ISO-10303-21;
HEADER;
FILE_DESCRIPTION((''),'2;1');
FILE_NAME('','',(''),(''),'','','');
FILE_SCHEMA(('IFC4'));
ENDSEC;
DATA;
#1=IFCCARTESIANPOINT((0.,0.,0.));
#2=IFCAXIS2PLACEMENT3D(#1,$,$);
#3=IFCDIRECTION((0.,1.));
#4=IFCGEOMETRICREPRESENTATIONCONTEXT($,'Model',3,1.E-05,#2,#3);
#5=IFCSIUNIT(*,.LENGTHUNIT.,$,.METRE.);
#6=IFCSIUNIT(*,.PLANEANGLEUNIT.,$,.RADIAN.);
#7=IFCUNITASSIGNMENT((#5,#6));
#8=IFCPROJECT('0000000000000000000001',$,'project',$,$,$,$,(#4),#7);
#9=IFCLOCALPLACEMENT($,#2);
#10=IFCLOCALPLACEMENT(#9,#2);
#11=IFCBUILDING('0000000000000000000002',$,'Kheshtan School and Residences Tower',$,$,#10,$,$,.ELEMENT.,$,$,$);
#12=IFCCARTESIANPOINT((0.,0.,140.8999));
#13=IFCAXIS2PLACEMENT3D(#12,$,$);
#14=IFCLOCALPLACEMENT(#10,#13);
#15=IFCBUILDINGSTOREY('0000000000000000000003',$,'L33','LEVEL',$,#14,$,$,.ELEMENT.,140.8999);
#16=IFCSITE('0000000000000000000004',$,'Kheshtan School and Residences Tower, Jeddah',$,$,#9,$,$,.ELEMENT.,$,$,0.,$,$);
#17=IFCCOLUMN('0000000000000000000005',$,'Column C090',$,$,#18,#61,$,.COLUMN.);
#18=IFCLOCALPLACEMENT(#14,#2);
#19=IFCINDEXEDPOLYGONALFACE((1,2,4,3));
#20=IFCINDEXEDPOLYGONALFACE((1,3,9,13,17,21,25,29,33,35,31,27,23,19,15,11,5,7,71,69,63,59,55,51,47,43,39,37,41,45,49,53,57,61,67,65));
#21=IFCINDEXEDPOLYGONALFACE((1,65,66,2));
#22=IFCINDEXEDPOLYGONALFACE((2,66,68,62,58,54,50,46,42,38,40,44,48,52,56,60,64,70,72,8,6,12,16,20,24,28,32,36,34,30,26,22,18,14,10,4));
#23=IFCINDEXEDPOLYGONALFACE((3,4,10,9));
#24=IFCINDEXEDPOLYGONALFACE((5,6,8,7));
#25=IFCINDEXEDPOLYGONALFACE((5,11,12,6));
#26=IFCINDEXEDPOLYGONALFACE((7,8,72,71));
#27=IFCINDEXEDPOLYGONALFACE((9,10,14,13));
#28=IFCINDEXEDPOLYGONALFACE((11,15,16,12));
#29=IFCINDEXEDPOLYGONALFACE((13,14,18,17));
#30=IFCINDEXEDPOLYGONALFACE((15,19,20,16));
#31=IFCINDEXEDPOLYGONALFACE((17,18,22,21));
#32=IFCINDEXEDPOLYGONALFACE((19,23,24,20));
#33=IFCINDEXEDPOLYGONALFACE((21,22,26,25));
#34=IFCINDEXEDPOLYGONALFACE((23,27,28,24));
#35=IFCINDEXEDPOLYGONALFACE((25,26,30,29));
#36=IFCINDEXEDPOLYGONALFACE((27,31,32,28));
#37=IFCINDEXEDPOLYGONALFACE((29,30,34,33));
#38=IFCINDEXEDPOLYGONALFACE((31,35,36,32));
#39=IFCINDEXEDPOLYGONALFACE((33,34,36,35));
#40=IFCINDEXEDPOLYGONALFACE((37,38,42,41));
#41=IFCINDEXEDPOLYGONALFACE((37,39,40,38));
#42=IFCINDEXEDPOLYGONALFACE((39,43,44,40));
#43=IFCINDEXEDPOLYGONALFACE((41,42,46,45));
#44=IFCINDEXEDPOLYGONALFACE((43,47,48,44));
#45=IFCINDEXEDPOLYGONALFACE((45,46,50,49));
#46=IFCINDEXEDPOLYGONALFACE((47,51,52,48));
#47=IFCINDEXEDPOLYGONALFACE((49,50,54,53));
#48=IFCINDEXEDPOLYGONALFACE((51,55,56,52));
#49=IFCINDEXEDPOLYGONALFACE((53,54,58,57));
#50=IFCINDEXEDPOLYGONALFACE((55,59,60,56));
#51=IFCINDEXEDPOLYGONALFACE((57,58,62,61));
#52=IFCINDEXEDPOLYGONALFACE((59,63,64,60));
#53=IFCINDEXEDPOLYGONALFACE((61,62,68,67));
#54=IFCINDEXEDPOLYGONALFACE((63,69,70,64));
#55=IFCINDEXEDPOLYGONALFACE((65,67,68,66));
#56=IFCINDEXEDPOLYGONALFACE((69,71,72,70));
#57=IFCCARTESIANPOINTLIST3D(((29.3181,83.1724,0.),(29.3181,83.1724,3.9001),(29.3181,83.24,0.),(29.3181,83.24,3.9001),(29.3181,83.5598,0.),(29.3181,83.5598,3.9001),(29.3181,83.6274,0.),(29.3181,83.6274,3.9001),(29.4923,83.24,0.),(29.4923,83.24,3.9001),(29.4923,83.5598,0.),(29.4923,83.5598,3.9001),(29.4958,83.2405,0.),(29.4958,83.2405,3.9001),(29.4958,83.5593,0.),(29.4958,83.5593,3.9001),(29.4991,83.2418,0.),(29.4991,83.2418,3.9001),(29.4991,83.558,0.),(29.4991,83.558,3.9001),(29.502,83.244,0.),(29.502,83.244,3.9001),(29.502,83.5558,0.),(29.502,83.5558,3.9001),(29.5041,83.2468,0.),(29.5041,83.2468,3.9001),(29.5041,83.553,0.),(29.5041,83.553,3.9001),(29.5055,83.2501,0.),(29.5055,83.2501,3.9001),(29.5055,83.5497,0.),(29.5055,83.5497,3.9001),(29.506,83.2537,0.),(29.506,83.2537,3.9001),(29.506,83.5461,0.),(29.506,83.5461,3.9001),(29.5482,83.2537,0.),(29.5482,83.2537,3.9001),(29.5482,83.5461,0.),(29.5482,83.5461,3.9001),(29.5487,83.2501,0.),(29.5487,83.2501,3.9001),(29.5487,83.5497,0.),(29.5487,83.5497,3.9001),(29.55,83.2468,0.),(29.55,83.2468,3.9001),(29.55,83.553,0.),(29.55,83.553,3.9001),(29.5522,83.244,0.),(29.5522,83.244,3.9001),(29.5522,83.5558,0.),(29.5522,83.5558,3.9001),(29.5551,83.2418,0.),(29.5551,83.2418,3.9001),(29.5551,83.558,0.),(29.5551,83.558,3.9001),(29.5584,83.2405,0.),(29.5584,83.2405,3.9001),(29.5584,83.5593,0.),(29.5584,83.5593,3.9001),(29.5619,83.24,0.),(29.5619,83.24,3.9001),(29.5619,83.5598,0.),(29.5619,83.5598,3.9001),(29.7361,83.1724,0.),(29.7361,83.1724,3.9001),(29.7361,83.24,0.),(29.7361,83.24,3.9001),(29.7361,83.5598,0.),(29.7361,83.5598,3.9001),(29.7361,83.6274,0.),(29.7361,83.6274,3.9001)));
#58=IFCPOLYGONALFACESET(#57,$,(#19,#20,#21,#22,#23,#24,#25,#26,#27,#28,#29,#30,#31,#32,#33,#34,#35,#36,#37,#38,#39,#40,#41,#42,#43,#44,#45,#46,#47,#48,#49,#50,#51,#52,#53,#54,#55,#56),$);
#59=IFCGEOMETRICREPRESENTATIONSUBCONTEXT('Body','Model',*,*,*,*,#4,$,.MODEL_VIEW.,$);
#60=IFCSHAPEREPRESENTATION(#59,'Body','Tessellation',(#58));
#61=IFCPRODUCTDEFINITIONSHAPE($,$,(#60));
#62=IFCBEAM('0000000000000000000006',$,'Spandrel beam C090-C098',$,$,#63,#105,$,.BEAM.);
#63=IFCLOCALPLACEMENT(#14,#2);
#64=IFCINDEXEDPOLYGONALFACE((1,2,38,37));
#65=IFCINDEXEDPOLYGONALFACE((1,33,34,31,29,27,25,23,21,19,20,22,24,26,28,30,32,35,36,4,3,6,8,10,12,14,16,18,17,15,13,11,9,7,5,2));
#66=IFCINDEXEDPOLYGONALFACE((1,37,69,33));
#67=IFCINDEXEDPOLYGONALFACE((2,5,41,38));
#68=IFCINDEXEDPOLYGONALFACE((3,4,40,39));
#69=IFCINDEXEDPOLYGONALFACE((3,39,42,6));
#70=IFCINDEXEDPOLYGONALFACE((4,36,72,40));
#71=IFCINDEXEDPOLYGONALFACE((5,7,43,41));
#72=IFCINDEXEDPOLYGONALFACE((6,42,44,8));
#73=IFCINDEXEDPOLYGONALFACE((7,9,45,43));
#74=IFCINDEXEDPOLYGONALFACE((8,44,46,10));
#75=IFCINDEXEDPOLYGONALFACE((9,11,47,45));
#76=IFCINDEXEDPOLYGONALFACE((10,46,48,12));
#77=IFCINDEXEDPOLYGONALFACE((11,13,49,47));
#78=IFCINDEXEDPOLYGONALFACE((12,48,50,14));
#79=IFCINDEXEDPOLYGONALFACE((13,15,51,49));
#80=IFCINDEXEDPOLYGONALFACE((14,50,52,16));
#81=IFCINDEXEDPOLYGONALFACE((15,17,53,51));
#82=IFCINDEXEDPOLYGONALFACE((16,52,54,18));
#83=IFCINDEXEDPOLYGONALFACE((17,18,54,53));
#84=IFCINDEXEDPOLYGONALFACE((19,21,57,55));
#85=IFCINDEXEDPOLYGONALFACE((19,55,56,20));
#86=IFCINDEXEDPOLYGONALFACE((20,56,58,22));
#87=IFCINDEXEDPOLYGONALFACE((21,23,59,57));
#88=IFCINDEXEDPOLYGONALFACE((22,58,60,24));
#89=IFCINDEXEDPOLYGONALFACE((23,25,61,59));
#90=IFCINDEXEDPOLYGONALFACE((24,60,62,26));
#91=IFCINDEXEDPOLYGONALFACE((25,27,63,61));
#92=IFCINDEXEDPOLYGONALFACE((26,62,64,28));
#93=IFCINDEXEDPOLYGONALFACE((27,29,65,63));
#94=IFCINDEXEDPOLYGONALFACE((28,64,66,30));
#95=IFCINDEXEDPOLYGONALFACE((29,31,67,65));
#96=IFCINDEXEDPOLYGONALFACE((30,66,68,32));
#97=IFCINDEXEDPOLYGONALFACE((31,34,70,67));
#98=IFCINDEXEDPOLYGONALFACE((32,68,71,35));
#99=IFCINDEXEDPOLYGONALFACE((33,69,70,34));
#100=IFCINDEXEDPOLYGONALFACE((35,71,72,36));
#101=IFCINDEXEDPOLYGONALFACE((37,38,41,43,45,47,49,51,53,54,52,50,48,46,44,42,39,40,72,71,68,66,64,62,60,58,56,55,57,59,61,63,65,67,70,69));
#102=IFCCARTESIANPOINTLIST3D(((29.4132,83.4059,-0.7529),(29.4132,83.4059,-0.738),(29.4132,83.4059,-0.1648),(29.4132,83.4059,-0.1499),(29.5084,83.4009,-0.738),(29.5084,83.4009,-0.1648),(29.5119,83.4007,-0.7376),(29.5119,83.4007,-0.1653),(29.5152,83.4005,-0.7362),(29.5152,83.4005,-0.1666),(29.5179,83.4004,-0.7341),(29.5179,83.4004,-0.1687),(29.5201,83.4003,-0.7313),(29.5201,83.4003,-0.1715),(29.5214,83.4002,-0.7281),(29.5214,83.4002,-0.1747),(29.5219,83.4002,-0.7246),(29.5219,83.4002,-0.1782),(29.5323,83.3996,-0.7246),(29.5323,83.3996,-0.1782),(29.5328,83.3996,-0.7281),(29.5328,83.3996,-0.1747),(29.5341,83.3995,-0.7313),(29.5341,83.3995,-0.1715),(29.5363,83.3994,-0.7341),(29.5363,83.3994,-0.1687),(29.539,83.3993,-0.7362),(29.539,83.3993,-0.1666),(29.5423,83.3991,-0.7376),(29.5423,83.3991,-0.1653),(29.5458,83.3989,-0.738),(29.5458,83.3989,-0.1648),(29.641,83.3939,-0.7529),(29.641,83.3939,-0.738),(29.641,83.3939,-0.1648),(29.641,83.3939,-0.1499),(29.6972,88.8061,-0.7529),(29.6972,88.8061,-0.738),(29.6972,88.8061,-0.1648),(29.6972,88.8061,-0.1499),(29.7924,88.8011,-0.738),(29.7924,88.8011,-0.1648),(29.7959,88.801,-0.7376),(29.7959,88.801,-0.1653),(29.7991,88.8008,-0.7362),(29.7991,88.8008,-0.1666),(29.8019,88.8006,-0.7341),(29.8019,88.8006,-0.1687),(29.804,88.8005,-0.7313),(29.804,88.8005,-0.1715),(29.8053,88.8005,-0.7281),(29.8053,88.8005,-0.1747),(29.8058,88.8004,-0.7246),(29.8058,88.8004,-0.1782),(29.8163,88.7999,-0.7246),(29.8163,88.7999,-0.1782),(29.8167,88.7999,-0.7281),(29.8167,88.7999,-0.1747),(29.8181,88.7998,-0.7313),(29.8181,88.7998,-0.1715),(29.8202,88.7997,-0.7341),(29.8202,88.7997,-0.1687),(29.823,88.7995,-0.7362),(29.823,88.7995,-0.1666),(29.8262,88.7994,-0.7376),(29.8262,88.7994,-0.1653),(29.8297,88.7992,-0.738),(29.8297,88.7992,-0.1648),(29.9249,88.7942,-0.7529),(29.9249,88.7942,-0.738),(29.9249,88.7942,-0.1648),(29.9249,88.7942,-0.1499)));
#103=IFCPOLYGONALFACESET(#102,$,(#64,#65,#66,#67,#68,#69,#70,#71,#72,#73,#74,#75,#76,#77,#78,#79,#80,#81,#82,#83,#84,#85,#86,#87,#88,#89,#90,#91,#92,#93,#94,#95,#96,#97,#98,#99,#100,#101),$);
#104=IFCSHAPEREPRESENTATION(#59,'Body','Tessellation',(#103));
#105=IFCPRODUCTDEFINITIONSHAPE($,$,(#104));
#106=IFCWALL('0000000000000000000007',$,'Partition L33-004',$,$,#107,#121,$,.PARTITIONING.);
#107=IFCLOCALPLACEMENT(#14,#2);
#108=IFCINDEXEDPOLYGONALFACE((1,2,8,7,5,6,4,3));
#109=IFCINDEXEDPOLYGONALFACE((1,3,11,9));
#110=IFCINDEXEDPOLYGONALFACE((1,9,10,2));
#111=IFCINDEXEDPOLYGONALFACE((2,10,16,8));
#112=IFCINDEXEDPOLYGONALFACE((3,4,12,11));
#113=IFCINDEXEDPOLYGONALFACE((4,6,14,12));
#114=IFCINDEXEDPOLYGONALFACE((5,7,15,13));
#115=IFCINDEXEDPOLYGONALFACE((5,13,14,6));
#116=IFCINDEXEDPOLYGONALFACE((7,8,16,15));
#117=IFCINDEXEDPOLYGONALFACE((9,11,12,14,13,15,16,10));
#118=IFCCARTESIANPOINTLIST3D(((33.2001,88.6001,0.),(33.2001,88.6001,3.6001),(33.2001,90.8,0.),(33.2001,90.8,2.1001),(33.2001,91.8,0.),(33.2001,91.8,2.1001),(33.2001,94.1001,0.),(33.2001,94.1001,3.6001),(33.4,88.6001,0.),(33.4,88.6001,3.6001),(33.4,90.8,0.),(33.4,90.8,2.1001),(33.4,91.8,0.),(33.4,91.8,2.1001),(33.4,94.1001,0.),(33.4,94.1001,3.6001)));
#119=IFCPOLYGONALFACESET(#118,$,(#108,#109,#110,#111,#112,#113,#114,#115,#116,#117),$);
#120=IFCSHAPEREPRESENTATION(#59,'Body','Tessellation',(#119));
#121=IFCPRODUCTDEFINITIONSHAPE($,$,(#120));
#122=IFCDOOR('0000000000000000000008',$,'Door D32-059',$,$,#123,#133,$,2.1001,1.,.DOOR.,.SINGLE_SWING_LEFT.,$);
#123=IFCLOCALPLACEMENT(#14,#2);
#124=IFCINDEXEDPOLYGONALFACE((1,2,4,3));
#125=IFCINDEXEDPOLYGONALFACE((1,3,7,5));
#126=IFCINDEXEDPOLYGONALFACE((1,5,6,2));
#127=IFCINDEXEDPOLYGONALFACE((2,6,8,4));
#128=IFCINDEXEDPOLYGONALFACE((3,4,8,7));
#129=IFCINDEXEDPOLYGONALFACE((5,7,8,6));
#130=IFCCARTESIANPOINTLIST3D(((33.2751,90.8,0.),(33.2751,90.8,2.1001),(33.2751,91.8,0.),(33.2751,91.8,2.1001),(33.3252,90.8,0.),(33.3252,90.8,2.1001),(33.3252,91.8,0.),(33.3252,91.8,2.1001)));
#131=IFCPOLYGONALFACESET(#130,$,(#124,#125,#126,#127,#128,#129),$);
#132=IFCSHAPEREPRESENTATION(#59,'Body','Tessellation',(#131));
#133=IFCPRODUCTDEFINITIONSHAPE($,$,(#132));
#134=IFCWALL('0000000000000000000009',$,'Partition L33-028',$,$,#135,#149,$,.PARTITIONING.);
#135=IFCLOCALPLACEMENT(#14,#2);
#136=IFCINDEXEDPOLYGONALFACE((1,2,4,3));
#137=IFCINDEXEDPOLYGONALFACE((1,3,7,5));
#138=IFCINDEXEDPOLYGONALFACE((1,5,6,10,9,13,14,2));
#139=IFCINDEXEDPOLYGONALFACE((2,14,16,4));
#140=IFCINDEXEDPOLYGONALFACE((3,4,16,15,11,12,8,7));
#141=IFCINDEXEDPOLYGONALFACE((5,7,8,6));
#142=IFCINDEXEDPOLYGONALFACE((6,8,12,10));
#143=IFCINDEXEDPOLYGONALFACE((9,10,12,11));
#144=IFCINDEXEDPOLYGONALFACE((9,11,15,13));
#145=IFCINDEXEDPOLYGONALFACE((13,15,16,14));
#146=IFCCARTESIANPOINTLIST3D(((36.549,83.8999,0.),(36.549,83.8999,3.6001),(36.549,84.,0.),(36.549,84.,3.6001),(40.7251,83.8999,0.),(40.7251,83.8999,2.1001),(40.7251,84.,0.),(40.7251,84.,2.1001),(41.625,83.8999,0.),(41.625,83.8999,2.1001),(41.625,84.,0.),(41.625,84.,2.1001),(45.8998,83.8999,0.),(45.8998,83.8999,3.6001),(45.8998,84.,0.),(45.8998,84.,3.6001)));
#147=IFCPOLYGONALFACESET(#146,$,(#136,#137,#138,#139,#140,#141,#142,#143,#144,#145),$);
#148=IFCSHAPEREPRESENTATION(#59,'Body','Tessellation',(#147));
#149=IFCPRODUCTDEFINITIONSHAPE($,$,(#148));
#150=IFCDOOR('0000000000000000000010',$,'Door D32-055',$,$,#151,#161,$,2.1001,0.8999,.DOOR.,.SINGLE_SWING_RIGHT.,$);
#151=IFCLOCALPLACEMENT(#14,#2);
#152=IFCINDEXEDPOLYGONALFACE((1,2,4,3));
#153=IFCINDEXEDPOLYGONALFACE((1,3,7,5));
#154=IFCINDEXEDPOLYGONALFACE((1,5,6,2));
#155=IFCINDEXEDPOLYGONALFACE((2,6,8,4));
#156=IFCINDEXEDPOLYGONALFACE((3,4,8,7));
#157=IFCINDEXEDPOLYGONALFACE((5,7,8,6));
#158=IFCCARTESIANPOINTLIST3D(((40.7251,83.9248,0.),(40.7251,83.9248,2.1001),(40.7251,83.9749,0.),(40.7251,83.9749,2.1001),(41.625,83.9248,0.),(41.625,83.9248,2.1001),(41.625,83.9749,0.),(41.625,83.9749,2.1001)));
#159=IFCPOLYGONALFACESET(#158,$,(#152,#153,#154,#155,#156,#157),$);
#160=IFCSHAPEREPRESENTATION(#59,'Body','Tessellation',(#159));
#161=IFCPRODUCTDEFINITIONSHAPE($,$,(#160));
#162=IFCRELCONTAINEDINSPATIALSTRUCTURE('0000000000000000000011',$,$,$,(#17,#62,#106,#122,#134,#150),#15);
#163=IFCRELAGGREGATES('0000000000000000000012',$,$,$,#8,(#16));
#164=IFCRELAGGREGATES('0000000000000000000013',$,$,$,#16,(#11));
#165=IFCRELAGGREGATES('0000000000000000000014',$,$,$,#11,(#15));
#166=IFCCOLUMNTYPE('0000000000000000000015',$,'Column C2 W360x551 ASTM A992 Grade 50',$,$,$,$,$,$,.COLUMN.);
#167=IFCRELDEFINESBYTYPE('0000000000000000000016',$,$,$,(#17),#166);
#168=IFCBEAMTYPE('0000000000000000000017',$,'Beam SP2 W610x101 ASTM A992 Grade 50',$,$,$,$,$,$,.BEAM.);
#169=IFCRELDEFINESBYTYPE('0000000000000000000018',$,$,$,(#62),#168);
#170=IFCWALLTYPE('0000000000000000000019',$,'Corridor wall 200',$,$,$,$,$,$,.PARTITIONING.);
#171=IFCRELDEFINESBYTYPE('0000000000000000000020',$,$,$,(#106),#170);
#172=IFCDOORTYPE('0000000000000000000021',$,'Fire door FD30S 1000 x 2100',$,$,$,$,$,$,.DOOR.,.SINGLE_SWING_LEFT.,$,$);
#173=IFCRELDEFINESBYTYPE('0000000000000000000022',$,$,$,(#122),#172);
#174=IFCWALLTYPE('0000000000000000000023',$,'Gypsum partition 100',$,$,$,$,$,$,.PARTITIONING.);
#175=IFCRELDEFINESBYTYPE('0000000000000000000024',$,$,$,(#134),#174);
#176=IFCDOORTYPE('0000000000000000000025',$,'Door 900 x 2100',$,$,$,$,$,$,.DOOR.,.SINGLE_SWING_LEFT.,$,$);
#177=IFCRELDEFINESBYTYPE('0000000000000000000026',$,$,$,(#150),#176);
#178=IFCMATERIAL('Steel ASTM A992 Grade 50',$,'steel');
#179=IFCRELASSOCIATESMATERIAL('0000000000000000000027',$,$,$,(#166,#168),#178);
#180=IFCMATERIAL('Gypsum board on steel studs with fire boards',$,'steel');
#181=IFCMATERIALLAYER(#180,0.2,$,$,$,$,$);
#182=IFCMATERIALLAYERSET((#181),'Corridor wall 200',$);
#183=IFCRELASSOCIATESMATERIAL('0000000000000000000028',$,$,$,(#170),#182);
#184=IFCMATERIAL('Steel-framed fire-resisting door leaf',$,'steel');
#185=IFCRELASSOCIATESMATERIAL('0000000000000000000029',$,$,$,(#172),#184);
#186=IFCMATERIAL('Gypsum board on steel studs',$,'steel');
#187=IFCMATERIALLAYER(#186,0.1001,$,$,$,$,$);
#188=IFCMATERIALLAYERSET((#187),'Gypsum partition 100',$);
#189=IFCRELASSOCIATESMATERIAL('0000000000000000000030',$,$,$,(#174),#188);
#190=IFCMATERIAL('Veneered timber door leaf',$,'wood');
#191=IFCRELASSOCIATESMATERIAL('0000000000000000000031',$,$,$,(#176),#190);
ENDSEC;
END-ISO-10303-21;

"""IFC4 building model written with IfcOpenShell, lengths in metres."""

from ifc_helpers import new_model, si_unit, direction, frame, frame_2d, origin, origin_2d, place, context, subcontext, project, spatial, rectangle, i_section, extrude, source, transform, mapped, material, layer, layer_set, material_profile, profile_set, type_object, element, fill, save


model = new_model("IFC4")

# Units and contexts
model_context = context("Model", 3, precision=1e-05, world=origin(), true_north=direction((0.0, 1.0)))
body_context = subcontext(model_context, "Body", "Model", "MODEL_VIEW")
ifc_project = project(units=[si_unit("LENGTHUNIT", "METRE"), si_unit("PLANEANGLEUNIT", "RADIAN")], contexts=[model_context])

# Site, building, storey
site_placement = place(None, origin())
site = spatial("IfcSite", under=ifc_project, at=site_placement, Name="Kheshtan School and Residences Tower, Jeddah", CompositionType="ELEMENT", RefElevation=0.0)
building_placement = place(site_placement, origin())
building = spatial("IfcBuilding", under=site, at=building_placement, Name="Kheshtan School and Residences Tower", CompositionType="ELEMENT")
storey_placement = place(building_placement, frame((0.0, 0.0, 140.8999)))
storey = spatial("IfcBuildingStorey", under=building, at=storey_placement, Name="L33", Description="LEVEL", CompositionType="ELEMENT", Elevation=140.8999)

# Column
ifc_material_1 = material(Name="Steel ASTM A992 Grade 50", Category="steel")
ifc_material_profile_1 = material_profile(ifc_material_1, i_section(OverallWidth=0.418, OverallDepth=0.4551, WebThickness=0.0422, FlangeThickness=0.0676, FilletRadius=0.0137, at=origin_2d()), Name="W360x551")
ifc_profile_set_1 = profile_set([ifc_material_profile_1], Name="Steel ASTM A992 Grade 50")
column_type = type_object("IfcColumnType", Name="Column C2 W360x551 ASTM A992 Grade 50", PredefinedType="COLUMN", material=ifc_profile_set_1)
column_placement = place(storey_placement, frame((29.5271, 83.3999, 0.0), z_axis=(0.0, 0.0, 1.0), x_axis=(1.0, 0.0, 0.0)))
element("IfcColumn", 1, at=column_placement, inside=storey, type_object=column_type, Name="Column C090", PredefinedType="COLUMN", context=body_context, shape_type="SweptSolid", body=[
    extrude(i_section(OverallWidth=0.418, OverallDepth=0.4551, WebThickness=0.0422, FlangeThickness=0.0676, FilletRadius=0.0137, at=origin_2d()), origin(), (0.0, 0.0, 1.0), 3.9001),
])

# Beam
ifc_material_profile_2 = material_profile(ifc_material_1, i_section(OverallWidth=0.228, OverallDepth=0.603, WebThickness=0.0105, FlangeThickness=0.0149, FilletRadius=0.0134, at=origin_2d()), Name="W610x101")
ifc_profile_set_2 = profile_set([ifc_material_profile_2], Name="Steel ASTM A992 Grade 50")
beam_type = type_object("IfcBeamType", Name="Beam SP2 W610x101 ASTM A992 Grade 50", PredefinedType="BEAM", material=ifc_profile_set_2)
beam_placement = place(storey_placement, frame((29.5271, 83.3999, -0.4514), z_axis=(0.052507, 0.998621, 0.0), x_axis=(-0.998621, 0.052507, 0.0)))
element("IfcBeam", 2, at=beam_placement, inside=storey, type_object=beam_type, Name="Spandrel beam C090-C098", PredefinedType="BEAM", context=body_context, shape_type="SweptSolid", body=[
    extrude(i_section(OverallWidth=0.228, OverallDepth=0.603, WebThickness=0.0105, FlangeThickness=0.0149, FilletRadius=0.0134, at=origin_2d()), origin(), (0.0, 0.0, 1.0), 5.4077),
])

# Walls, openings, doors
ifc_material_2 = material(Name="Gypsum board on steel studs with fire boards", Category="steel")
ifc_layer_1 = layer(ifc_material_2, 0.2)
ifc_layer_set_1 = layer_set([ifc_layer_1], Name="Corridor wall 200")
wall_type_1 = type_object("IfcWallType", Name="Corridor wall 200", PredefinedType="PARTITIONING", material=ifc_layer_set_1)
wall_1_placement = place(storey_placement, frame((33.3, 88.6001, 0.0), z_axis=(0.0, 0.0, 1.0), x_axis=(0.0, 1.0, 0.0)))
wall_1 = element("IfcWall", 3, at=wall_1_placement, inside=storey, type_object=wall_type_1, Name="Partition L33-004", PredefinedType="PARTITIONING", context=body_context, shape_type="SweptSolid", body=[
    extrude(rectangle(XDim=5.5, YDim=0.2, at=frame_2d((2.75, 0.0))), origin(), (0.0, 0.0, 1.0), 3.6001),
])
opening_1_placement = place(wall_1_placement, frame((2.2, 0.0, 0.0)))
opening_1 = element("IfcOpeningElement", 4, at=opening_1_placement, cuts=wall_1, PredefinedType="OPENING", context=body_context, shape_type="SweptSolid", body=[
    extrude(rectangle(XDim=1.0, YDim=2.1001, at=frame_2d((0.5, 1.05))), frame((0.0, 0.1099, 0.0), z_axis=(0.0, -1.0, 0.0), x_axis=(1.0, 0.0, 0.0)), (0.0, 0.0, 1.0), 0.22),
])
ifc_material_3 = material(Name="Steel-framed fire-resisting door leaf", Category="steel")
door_type_1 = type_object("IfcDoorType", Name="Fire door FD30S 1000 x 2100", OperationType="SINGLE_SWING_LEFT", PredefinedType="DOOR", material=ifc_material_3)
shared_shape_1 = source(origin(), body_context, "Body", "SweptSolid", [
    extrude(rectangle(XDim=1.0, YDim=2.1001, at=frame_2d((0.5, 1.05))), frame((0.0, 0.0249, 0.0), z_axis=(0.0, -1.0, 0.0), x_axis=(1.0, 0.0, 0.0)), (0.0, 0.0, 1.0), 0.05),
])
door_1_placement = place(opening_1_placement, origin())
door_1 = element("IfcDoor", 5, at=door_1_placement, inside=storey, type_object=door_type_1, Name="Door D32-059", OperationType="SINGLE_SWING_LEFT", OverallHeight=2.1001, OverallWidth=1.0, PredefinedType="DOOR", context=body_context, shape_type="MappedRepresentation", body=[
    mapped(shared_shape_1, transform((0.0, 0.0, 0.0), x_axis=(1.0, 0.0, 0.0), y_axis=(0.0, 1.0, 0.0), z_axis=(0.0, 0.0, 1.0), scale=1.0)),
])
fill(opening_1, door_1)
ifc_material_4 = material(Name="Gypsum board on steel studs", Category="steel")
ifc_layer_2 = layer(ifc_material_4, 0.1001)
ifc_layer_set_2 = layer_set([ifc_layer_2], Name="Gypsum partition 100")
wall_type_2 = type_object("IfcWallType", Name="Gypsum partition 100", PredefinedType="PARTITIONING", material=ifc_layer_set_2)
wall_2_placement = place(storey_placement, frame((36.5491, 83.95, 0.0), z_axis=(0.0, 0.0, 1.0), x_axis=(1.0, 0.0, 0.0)))
wall_2 = element("IfcWall", 6, at=wall_2_placement, inside=storey, type_object=wall_type_2, Name="Partition L33-028", PredefinedType="PARTITIONING", context=body_context, shape_type="SweptSolid", body=[
    extrude(rectangle(XDim=9.3508, YDim=0.1001, at=frame_2d((4.6753, 0.0))), origin(), (0.0, 0.0, 1.0), 3.6001),
])
opening_2_placement = place(wall_2_placement, frame((4.176, 0.0, 0.0)))
opening_2 = element("IfcOpeningElement", 7, at=opening_2_placement, cuts=wall_2, PredefinedType="OPENING", context=body_context, shape_type="SweptSolid", body=[
    extrude(rectangle(XDim=0.8999, YDim=2.1001, at=frame_2d((0.45, 1.05))), frame((0.0, 0.0601, 0.0), z_axis=(0.0, -1.0, 0.0), x_axis=(1.0, 0.0, 0.0)), (0.0, 0.0, 1.0), 0.1201),
])
ifc_material_5 = material(Name="Veneered timber door leaf", Category="wood")
door_type_2 = type_object("IfcDoorType", Name="Door 900 x 2100", OperationType="SINGLE_SWING_LEFT", PredefinedType="DOOR", material=ifc_material_5)
shared_shape_2 = source(origin(), body_context, "Body", "SweptSolid", [
    extrude(rectangle(XDim=0.8999, YDim=2.1001, at=frame_2d((0.45, 1.05))), frame((0.0, 0.0249, 0.0), z_axis=(0.0, -1.0, 0.0), x_axis=(1.0, 0.0, 0.0)), (0.0, 0.0, 1.0), 0.05),
])
door_2_placement = place(opening_2_placement, origin())
door_2 = element("IfcDoor", 8, at=door_2_placement, inside=storey, type_object=door_type_2, Name="Door D32-055", OperationType="SINGLE_SWING_RIGHT", OverallHeight=2.1001, OverallWidth=0.8999, PredefinedType="DOOR", context=body_context, shape_type="MappedRepresentation", body=[
    mapped(shared_shape_2, transform((0.0, 0.0, 0.0), x_axis=(1.0, 0.0, 0.0), y_axis=(0.0, 1.0, 0.0), z_axis=(0.0, 0.0, 1.0), scale=1.0)),
])
fill(opening_2, door_2)

save(model, "model.ifc")
